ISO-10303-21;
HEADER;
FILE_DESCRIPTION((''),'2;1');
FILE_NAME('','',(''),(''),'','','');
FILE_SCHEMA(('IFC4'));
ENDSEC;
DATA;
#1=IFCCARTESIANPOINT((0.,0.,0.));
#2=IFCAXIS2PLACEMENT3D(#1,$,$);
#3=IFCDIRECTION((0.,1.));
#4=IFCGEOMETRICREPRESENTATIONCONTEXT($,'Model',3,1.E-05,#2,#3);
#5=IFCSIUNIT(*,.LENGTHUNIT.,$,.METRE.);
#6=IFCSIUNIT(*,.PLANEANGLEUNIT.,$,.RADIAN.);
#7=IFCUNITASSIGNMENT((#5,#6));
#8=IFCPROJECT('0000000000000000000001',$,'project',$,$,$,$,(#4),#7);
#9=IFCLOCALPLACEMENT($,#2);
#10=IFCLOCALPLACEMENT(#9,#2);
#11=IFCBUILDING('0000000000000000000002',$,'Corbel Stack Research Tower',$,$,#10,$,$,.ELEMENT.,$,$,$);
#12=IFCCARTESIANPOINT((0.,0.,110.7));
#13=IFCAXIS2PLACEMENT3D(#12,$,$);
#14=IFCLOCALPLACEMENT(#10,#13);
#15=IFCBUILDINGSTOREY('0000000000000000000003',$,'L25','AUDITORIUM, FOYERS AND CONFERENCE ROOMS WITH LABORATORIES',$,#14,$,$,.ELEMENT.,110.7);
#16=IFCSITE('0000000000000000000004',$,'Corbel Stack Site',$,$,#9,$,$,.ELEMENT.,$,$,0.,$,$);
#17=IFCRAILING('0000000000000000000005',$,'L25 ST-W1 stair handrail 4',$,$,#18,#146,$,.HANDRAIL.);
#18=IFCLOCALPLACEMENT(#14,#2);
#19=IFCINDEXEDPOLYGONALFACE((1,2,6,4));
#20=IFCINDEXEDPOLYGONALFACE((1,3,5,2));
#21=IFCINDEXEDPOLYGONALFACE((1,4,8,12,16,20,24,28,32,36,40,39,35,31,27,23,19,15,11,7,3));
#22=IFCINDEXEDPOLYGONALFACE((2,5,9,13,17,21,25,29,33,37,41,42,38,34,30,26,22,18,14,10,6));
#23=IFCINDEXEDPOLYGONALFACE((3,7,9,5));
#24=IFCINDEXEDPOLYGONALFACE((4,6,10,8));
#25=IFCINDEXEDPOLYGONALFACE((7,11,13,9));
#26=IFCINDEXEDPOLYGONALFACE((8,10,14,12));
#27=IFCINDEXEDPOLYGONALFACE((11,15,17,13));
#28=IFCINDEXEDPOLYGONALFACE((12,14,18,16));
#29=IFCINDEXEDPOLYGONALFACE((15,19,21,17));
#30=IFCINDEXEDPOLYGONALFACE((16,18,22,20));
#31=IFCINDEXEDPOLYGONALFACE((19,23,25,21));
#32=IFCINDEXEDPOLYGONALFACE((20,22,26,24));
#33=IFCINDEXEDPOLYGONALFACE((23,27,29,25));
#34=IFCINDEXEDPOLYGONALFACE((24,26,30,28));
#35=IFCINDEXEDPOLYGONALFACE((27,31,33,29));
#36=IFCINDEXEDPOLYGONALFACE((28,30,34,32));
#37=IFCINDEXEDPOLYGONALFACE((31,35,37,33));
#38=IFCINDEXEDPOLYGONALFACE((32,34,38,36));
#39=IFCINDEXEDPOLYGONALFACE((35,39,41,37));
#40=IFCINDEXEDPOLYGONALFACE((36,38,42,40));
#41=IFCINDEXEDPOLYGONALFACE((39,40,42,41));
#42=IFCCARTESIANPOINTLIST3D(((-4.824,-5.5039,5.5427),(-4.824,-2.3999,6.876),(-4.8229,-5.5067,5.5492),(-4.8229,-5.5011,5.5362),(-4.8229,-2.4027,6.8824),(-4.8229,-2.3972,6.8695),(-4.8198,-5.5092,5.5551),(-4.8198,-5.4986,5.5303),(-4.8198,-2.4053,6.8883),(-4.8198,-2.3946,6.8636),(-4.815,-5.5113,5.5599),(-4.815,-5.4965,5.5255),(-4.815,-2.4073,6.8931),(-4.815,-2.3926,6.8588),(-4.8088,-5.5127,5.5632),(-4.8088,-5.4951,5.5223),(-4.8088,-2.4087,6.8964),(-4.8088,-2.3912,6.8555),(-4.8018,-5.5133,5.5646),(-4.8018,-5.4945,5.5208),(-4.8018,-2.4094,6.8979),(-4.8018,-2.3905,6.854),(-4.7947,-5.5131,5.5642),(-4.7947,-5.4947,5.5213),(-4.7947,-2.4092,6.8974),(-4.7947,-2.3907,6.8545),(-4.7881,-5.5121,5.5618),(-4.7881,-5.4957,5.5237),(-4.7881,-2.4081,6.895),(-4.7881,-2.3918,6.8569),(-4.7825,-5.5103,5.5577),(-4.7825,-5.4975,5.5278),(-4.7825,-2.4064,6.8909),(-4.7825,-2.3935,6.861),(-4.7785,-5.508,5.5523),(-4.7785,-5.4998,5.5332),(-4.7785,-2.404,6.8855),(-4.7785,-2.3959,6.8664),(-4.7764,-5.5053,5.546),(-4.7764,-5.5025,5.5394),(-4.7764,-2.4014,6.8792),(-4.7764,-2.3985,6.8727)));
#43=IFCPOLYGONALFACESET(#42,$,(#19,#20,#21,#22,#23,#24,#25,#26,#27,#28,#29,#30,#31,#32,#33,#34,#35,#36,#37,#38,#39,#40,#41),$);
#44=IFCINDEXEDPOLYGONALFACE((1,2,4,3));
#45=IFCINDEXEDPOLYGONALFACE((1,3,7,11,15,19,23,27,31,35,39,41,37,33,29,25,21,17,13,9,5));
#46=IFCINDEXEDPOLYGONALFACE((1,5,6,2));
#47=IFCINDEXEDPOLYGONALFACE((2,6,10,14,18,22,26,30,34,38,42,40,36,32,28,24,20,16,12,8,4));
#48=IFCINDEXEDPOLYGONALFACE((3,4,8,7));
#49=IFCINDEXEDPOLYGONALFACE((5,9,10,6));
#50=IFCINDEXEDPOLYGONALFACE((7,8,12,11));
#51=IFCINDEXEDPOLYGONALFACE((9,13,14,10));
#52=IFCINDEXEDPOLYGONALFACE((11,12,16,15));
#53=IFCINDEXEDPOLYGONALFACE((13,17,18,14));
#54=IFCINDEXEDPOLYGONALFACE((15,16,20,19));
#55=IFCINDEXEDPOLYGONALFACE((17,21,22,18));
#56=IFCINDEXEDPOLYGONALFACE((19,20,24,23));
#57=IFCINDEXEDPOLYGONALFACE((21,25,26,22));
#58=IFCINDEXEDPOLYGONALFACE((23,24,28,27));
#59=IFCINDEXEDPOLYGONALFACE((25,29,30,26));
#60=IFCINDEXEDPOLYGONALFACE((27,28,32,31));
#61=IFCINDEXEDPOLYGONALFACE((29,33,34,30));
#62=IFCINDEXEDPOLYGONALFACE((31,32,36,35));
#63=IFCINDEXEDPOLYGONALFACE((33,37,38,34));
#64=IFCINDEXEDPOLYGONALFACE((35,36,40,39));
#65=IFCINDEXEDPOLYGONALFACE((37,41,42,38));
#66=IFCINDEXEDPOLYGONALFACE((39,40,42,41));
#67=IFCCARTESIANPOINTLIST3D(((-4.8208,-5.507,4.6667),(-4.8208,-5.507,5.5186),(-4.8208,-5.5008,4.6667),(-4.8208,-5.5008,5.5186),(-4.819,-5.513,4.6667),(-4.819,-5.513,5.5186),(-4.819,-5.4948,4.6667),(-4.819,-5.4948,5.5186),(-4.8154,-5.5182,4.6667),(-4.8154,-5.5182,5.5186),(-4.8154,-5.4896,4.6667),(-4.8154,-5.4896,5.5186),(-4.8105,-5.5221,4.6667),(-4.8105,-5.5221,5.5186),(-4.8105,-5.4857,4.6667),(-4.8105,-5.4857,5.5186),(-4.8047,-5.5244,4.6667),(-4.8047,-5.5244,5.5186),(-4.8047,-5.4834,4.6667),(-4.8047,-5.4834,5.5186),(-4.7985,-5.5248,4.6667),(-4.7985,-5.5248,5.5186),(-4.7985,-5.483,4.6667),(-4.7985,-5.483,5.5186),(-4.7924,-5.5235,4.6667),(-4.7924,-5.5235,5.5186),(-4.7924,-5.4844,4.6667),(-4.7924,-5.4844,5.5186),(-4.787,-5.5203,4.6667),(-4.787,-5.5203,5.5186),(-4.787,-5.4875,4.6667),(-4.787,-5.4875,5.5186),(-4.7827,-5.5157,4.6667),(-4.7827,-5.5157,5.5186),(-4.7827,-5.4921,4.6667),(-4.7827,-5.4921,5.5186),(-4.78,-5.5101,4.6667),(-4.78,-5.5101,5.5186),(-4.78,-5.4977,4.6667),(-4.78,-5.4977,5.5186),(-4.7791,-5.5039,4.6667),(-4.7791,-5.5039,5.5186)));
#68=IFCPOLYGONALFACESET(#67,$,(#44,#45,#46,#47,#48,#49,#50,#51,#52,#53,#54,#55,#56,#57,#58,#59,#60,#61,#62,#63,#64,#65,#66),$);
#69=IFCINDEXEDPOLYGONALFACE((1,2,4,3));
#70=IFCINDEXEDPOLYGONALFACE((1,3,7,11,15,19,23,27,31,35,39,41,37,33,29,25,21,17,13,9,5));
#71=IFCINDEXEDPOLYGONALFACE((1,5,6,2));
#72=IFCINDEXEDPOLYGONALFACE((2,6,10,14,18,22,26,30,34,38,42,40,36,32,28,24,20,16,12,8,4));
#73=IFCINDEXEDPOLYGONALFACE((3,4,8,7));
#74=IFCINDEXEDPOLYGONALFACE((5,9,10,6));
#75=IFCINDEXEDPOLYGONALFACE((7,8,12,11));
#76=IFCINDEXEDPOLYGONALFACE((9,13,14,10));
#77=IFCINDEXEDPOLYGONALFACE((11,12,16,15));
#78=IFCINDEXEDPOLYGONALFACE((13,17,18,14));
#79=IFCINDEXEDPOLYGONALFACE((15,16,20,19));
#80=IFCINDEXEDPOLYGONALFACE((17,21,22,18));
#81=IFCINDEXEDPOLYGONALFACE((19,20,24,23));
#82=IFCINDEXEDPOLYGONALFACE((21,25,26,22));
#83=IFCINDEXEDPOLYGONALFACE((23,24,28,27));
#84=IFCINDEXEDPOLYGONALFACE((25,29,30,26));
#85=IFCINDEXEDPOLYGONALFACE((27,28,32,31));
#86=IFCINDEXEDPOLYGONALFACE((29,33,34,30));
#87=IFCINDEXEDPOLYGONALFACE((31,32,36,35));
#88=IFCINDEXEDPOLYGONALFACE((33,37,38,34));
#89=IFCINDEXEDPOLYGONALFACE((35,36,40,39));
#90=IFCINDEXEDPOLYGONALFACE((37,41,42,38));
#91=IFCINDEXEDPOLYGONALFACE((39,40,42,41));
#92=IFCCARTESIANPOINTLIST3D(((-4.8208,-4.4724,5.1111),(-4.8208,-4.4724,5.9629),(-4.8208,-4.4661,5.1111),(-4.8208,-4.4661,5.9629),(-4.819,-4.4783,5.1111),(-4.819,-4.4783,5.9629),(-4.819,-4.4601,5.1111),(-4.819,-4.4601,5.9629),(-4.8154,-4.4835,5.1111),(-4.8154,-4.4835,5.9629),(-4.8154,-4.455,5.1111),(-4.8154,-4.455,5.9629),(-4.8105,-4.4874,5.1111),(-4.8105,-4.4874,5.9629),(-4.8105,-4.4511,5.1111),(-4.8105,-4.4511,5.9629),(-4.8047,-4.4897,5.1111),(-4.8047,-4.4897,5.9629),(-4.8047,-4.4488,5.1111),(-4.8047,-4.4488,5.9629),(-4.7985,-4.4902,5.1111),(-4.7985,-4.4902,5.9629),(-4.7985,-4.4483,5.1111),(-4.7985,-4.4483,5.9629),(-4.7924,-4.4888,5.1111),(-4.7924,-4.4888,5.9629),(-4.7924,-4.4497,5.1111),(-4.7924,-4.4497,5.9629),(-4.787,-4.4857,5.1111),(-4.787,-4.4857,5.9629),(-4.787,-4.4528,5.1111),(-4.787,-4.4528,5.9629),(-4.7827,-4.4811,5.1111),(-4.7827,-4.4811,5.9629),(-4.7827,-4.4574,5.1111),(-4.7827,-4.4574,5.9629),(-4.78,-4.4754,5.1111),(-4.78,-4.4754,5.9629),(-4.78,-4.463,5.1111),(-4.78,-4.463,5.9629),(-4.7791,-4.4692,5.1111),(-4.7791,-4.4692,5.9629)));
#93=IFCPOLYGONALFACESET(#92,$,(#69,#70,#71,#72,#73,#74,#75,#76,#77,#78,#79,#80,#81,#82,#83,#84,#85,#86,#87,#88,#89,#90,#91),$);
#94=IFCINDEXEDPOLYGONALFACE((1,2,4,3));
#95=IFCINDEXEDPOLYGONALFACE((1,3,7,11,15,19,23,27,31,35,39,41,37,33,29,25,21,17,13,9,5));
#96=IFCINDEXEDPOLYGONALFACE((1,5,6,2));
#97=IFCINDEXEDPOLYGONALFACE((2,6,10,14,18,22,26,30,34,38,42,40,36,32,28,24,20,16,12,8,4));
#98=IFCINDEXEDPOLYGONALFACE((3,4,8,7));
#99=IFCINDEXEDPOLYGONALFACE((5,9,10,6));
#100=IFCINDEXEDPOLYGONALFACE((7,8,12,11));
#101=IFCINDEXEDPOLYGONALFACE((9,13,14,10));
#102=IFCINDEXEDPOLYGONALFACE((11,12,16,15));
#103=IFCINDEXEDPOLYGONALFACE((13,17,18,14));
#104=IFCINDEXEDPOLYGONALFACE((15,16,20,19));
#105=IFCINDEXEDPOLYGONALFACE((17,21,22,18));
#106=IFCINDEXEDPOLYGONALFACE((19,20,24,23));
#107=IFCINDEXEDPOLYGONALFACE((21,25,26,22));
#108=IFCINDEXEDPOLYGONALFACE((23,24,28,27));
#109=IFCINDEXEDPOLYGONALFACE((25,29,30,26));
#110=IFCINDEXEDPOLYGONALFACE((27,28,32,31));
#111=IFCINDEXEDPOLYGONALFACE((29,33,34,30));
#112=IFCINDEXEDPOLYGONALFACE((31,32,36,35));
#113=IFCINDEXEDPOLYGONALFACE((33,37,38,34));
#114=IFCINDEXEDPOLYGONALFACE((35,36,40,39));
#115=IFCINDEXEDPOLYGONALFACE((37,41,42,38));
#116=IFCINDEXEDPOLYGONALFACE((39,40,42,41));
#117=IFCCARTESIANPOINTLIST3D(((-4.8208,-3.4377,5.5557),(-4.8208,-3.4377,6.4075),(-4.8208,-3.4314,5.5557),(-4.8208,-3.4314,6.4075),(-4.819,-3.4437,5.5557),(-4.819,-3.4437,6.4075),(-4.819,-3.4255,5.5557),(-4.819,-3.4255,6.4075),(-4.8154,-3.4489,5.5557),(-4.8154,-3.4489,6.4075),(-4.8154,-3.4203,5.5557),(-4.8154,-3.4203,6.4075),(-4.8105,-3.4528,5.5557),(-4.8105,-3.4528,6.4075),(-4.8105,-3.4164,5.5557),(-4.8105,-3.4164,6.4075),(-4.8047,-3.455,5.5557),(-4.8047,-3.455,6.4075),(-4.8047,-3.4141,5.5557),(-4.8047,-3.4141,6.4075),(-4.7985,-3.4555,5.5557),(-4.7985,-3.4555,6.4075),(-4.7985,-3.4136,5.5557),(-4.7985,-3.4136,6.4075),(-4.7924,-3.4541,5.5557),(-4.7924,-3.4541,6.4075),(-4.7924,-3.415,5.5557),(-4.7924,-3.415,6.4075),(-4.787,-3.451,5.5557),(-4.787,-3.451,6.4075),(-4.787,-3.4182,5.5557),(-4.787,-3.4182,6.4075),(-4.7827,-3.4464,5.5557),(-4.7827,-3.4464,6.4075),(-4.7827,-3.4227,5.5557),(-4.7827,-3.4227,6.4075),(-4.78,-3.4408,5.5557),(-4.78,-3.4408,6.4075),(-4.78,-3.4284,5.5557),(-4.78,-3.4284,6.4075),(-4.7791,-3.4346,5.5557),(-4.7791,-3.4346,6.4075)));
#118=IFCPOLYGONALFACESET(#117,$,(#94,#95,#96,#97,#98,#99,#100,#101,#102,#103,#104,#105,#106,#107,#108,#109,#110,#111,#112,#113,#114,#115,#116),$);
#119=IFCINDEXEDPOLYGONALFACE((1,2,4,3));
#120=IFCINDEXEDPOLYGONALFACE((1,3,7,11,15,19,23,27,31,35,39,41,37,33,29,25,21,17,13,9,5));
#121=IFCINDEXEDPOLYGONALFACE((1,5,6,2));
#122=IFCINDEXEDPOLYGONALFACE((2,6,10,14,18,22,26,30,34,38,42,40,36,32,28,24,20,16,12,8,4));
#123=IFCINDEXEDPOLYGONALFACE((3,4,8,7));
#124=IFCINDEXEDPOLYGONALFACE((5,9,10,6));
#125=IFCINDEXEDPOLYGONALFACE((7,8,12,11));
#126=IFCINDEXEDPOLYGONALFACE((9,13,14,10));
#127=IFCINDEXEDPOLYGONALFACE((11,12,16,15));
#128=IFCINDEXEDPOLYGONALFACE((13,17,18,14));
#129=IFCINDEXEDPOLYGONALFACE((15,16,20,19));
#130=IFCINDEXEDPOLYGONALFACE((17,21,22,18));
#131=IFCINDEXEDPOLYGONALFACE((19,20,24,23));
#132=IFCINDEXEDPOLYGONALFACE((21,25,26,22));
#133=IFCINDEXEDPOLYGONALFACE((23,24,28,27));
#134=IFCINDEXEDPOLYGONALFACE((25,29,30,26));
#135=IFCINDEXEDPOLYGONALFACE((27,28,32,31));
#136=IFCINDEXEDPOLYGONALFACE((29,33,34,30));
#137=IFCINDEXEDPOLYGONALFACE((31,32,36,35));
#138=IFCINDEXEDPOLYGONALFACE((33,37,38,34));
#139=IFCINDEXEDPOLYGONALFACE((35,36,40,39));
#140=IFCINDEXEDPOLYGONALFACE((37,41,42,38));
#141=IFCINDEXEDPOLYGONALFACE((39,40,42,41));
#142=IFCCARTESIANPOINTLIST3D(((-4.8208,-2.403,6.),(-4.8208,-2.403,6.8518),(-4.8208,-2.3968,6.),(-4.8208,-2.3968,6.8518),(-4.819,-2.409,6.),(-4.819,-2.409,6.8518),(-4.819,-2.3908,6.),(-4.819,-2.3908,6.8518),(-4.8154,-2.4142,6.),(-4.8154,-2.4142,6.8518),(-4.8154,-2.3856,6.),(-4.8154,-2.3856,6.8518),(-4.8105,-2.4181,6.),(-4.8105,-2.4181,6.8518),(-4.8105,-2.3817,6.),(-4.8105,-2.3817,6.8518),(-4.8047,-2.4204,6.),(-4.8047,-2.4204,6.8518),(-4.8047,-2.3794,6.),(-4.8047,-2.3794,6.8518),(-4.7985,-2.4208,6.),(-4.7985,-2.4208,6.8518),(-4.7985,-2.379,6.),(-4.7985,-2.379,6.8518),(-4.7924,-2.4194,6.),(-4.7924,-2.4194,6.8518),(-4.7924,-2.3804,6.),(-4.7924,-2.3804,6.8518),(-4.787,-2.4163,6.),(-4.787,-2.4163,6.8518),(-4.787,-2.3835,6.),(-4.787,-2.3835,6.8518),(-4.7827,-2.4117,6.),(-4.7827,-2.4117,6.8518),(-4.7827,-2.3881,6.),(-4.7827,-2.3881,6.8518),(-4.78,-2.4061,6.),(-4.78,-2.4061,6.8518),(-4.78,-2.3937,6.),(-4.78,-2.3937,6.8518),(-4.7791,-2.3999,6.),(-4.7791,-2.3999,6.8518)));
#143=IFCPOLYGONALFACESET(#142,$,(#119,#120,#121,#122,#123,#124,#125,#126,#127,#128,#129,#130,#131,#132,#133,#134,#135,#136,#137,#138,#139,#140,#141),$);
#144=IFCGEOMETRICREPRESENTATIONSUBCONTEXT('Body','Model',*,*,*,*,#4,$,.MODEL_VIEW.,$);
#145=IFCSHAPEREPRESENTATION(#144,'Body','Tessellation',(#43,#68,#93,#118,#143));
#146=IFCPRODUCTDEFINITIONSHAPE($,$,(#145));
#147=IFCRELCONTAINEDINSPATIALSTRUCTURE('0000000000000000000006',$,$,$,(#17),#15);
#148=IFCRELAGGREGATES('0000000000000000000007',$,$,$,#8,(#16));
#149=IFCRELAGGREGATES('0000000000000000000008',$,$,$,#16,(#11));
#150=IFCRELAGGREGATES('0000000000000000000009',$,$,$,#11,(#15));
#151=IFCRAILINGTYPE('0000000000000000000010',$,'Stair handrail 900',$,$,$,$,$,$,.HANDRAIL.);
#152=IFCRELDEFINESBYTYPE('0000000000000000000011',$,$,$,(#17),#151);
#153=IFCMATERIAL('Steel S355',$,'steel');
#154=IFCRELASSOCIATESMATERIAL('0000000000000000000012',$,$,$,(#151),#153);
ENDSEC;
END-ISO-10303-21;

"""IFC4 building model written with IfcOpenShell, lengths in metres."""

from ifc_helpers import new_model, si_unit, direction, frame, origin, origin_2d, place, context, subcontext, project, spatial, circle, extrude, material, type_object, element, save


model = new_model("IFC4")

# Units and contexts
model_context = context("Model", 3, precision=1e-05, world=origin(), true_north=direction((0.0, 1.0)))
body_context = subcontext(model_context, "Body", "Model", "MODEL_VIEW")
ifc_project = project(units=[si_unit("LENGTHUNIT", "METRE"), si_unit("PLANEANGLEUNIT", "RADIAN")], contexts=[model_context])

# Site, building, storey
site_placement = place(None, origin())
site = spatial("IfcSite", under=ifc_project, at=site_placement, Name="Corbel Stack Site", CompositionType="ELEMENT", RefElevation=0.0)
building_placement = place(site_placement, origin())
building = spatial("IfcBuilding", under=site, at=building_placement, Name="Corbel Stack Research Tower", CompositionType="ELEMENT")
storey_placement = place(building_placement, frame((0.0, 0.0, 110.7)))
storey = spatial("IfcBuildingStorey", under=building, at=storey_placement, Name="L25", Description="AUDITORIUM, FOYERS AND CONFERENCE ROOMS WITH LABORATORIES", CompositionType="ELEMENT", Elevation=110.7)

# Railing
ifc_material_1 = material(Name="Steel S355", Category="steel")
railing_type_1 = type_object("IfcRailingType", Name="Stair handrail 900", PredefinedType="HANDRAIL", material=ifc_material_1)
railing_1_placement = place(storey_placement, frame((-4.8, -5.5039, 4.6667)))
element("IfcRailing", 1, at=railing_1_placement, inside=storey, type_object=railing_type_1, Name="L25 ST-W1 stair handrail 4", PredefinedType="HANDRAIL", context=body_context, shape_type="SweptSolid", body=[
    extrude(circle(Radius=0.0239, at=origin_2d()), frame((0.0, 0.0, 0.876), z_axis=(0.0, 0.918827, 0.394661), x_axis=(-1.0, 0.0, 0.0)), (0.0, 0.0, 1.0), 3.3782),
    extrude(circle(Radius=0.021, at=origin_2d()), origin(), (0.0, 0.0, 1.0), 0.8518),
    extrude(circle(Radius=0.021, at=origin_2d()), frame((0.0, 1.0347, 0.4443)), (0.0, 0.0, 1.0), 0.8518),
    extrude(circle(Radius=0.021, at=origin_2d()), frame((0.0, 2.0693, 0.8889)), (0.0, 0.0, 1.0), 0.8518),
    extrude(circle(Radius=0.021, at=origin_2d()), frame((0.0, 3.104, 1.3333)), (0.0, 0.0, 1.0), 0.8518),
])

save(model, "model.ifc")
